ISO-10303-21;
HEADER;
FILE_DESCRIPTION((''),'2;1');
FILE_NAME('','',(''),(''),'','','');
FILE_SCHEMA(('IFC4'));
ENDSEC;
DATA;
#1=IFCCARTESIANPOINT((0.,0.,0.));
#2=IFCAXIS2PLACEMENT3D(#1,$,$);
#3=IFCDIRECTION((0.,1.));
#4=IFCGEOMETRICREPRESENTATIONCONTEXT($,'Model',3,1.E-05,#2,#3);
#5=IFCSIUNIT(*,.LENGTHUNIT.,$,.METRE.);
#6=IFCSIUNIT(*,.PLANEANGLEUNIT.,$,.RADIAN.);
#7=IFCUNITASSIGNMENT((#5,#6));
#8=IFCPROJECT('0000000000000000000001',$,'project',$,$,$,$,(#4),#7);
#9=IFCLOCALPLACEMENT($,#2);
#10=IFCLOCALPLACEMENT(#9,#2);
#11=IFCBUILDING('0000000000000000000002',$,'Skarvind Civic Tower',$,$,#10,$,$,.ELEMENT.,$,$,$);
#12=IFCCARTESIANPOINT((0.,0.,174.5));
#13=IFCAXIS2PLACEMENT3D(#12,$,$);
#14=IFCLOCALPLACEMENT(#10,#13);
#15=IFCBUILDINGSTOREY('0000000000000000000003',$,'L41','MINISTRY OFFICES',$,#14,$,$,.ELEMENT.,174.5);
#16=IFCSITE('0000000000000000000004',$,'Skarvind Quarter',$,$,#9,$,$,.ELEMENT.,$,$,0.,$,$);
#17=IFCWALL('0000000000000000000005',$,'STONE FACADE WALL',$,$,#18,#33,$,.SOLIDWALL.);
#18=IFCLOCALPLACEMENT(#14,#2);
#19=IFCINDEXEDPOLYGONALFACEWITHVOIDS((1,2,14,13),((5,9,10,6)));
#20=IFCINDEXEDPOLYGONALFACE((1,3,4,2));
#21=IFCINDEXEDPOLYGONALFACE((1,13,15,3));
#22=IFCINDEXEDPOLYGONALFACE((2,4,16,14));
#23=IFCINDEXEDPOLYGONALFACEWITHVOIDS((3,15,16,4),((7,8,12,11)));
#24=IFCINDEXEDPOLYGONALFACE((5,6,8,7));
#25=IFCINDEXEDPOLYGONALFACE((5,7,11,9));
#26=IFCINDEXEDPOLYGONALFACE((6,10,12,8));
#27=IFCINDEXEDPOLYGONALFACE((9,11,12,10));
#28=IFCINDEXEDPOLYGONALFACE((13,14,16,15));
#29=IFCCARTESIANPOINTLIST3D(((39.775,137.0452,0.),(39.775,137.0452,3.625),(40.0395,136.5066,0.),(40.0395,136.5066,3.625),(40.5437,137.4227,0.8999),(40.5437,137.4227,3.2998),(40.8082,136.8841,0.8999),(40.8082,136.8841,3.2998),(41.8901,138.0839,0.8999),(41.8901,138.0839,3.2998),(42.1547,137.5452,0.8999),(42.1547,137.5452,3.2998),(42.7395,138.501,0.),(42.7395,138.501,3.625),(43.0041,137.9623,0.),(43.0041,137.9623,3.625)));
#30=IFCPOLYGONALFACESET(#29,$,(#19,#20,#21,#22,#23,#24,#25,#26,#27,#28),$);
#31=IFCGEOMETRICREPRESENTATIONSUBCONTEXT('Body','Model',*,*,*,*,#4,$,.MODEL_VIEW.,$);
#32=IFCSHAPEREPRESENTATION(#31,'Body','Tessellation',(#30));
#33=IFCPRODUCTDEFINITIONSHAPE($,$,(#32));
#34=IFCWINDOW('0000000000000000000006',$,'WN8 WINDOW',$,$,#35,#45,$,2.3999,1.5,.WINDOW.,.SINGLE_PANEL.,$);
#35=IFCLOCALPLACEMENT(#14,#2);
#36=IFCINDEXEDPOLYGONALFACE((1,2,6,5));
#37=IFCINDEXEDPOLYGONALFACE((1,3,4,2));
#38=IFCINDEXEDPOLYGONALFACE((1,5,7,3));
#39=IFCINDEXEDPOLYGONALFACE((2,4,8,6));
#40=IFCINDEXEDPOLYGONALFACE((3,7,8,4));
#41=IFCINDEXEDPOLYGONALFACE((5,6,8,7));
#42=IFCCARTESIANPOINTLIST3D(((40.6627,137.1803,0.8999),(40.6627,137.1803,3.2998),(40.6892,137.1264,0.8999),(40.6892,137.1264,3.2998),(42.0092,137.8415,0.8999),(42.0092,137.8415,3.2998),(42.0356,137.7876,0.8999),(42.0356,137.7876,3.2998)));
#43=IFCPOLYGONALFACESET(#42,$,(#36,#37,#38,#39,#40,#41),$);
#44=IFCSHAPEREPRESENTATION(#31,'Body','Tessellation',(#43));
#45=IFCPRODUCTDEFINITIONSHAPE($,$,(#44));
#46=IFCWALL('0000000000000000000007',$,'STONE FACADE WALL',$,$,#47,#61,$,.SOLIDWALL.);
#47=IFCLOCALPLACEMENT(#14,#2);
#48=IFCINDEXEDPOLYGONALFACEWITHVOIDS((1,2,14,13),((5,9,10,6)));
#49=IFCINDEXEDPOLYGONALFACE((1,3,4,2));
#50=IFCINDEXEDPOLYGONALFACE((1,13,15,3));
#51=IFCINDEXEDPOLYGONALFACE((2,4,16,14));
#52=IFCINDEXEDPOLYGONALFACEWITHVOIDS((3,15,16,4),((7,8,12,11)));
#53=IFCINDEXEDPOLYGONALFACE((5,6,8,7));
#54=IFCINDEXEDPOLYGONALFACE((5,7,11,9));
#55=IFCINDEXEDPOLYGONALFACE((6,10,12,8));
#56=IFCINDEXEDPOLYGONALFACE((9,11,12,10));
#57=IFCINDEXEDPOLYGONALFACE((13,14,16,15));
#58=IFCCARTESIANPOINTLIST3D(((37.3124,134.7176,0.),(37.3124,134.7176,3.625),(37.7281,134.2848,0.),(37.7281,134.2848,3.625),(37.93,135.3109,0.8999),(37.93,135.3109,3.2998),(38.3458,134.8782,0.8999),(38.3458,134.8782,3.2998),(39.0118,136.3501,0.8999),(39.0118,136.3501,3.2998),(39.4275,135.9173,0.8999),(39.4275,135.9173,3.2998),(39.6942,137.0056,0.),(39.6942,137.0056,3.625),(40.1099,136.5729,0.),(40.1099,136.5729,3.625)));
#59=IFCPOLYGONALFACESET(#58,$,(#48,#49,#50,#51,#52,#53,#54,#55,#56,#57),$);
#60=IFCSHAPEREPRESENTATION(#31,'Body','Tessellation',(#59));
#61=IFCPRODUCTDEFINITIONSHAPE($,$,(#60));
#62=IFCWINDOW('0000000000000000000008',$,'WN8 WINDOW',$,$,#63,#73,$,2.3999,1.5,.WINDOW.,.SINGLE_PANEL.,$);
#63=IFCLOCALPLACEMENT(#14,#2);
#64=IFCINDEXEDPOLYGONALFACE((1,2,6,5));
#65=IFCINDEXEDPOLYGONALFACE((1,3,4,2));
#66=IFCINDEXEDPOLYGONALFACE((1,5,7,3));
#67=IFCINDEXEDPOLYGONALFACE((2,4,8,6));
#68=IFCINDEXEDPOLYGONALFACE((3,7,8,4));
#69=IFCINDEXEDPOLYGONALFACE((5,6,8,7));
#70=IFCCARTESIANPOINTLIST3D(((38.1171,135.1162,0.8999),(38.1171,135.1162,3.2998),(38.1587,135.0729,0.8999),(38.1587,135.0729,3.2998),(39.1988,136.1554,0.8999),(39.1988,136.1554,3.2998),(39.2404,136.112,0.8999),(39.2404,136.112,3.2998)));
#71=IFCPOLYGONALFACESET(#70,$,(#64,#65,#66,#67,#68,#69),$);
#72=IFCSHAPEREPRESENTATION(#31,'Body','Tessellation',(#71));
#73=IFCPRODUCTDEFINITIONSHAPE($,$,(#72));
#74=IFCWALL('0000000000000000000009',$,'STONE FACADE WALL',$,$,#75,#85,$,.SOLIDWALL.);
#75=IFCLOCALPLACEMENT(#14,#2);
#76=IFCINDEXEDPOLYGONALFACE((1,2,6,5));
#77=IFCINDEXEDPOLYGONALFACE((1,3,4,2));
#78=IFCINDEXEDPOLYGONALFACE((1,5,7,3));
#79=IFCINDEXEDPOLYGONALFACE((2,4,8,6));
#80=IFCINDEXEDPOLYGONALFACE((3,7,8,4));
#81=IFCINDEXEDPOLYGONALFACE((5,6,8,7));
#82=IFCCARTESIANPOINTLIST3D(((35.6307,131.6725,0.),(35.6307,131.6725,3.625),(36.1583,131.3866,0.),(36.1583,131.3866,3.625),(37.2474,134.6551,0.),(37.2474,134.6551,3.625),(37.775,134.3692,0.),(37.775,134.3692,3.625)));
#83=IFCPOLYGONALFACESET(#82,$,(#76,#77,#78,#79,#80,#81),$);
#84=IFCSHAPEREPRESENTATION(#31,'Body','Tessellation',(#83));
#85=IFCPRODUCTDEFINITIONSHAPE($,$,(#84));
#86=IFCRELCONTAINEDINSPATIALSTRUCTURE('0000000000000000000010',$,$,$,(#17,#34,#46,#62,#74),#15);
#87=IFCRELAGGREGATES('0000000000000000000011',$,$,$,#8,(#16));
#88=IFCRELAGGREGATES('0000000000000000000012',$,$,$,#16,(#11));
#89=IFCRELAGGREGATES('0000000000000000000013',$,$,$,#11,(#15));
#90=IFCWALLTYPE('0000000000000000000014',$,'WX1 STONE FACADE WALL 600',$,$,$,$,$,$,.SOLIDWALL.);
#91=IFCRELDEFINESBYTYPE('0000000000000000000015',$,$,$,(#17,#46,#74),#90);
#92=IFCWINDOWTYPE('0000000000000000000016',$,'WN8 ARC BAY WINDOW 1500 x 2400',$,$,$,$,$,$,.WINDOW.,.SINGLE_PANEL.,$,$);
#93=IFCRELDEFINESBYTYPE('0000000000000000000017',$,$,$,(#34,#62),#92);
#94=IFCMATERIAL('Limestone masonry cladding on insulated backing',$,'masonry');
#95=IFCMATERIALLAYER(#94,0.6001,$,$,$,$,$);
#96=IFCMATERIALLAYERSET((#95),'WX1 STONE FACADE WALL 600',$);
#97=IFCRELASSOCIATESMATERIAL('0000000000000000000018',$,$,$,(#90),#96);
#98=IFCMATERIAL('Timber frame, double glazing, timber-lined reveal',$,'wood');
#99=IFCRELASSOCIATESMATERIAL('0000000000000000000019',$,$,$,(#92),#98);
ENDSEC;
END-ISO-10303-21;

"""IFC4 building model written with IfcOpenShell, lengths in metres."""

from ifc_helpers import new_model, si_unit, direction, frame, frame_2d, origin, place, context, subcontext, project, spatial, rectangle, extrude, material, layer, layer_set, type_object, element, fill, save


model = new_model("IFC4")

# Units and contexts
model_context = context("Model", 3, precision=1e-05, world=origin(), true_north=direction((0.0, 1.0)))
body_context = subcontext(model_context, "Body", "Model", "MODEL_VIEW")
ifc_project = project(units=[si_unit("LENGTHUNIT", "METRE"), si_unit("PLANEANGLEUNIT", "RADIAN")], contexts=[model_context])

# Site, building, storey
site_placement = place(None, origin())
site = spatial("IfcSite", under=ifc_project, at=site_placement, Name="Skarvind Quarter", CompositionType="ELEMENT", RefElevation=0.0)
building_placement = place(site_placement, origin())
building = spatial("IfcBuilding", under=site, at=building_placement, Name="Skarvind Civic Tower", CompositionType="ELEMENT")
storey_placement = place(building_placement, frame((0.0, 0.0, 174.5)))
storey = spatial("IfcBuildingStorey", under=building, at=storey_placement, Name="L41", Description="MINISTRY OFFICES", CompositionType="ELEMENT", Elevation=174.5)

# Walls, openings, windows
ifc_material_1 = material(Name="Limestone masonry cladding on insulated backing", Category="masonry")
ifc_layer_1 = layer(ifc_material_1, 0.6001)
ifc_layer_set_1 = layer_set([ifc_layer_1], Name="WX1 STONE FACADE WALL 600")
wall_type_1 = type_object("IfcWallType", Name="WX1 STONE FACADE WALL 600", PredefinedType="SOLIDWALL", material=ifc_layer_set_1)
ifc_material_2 = material(Name="Timber frame, double glazing, timber-lined reveal", Category="wood")
window_type = type_object("IfcWindowType", Name="WN8 ARC BAY WINDOW 1500 x 2400", PartitioningType="SINGLE_PANEL", PredefinedType="WINDOW", material=ifc_material_2)
wall_1_placement = place(storey_placement, frame((39.9072, 136.7759, 0.0), z_axis=(0.0, 0.0, 1.0), x_axis=(0.897612, 0.440786, 0.0)))
wall_1 = element("IfcWall", 1, at=wall_1_placement, inside=storey, type_object=wall_type_1, Name="STONE FACADE WALL", PredefinedType="SOLIDWALL", context=body_context, shape_type="SweptSolid", body=[
    extrude(rectangle(XDim=3.3027, YDim=0.6001, at=frame_2d((1.6514, 0.0))), origin(), (0.0, 0.0, 1.0), 3.625),
])
opening_1_placement = place(wall_1_placement, frame((0.8564, 0.0, 0.8999)))
opening_1 = element("IfcOpeningElement", 2, at=opening_1_placement, cuts=wall_1, PredefinedType="OPENING", context=body_context, shape_type="SweptSolid", body=[
    extrude(rectangle(XDim=1.5, YDim=2.3999, at=frame_2d((0.75, 1.2))), frame((0.0, 0.3101, 0.0), z_axis=(0.0, -1.0, 0.0), x_axis=(1.0, 0.0, 0.0)), (0.0, 0.0, 1.0), 0.6201),
])
window_1_placement = place(opening_1_placement, origin())
window_1 = element("IfcWindow", 3, at=window_1_placement, inside=storey, type_object=window_type, Name="WN8 WINDOW", OverallHeight=2.3999, OverallWidth=1.5, PartitioningType="SINGLE_PANEL", PredefinedType="WINDOW", context=body_context, shape_type="SweptSolid", body=[
    extrude(rectangle(XDim=1.5, YDim=2.3999, at=frame_2d((0.75, 1.2))), frame((0.0, 0.03, 0.0), z_axis=(0.0, -1.0, 0.0), x_axis=(1.0, 0.0, 0.0)), (0.0, 0.0, 1.0), 0.0601),
])
fill(opening_1, window_1)
wall_2_placement = place(storey_placement, frame((37.5203, 134.5012, 0.0), z_axis=(0.0, 0.0, 1.0), x_axis=(0.721157, 0.692772, 0.0)))
wall_2 = element("IfcWall", 4, at=wall_2_placement, inside=storey, type_object=wall_type_1, Name="STONE FACADE WALL", PredefinedType="SOLIDWALL", context=body_context, shape_type="SweptSolid", body=[
    extrude(rectangle(XDim=3.3027, YDim=0.6001, at=frame_2d((1.6514, 0.0))), origin(), (0.0, 0.0, 1.0), 3.625),
])
opening_2_placement = place(wall_2_placement, frame((0.8564, 0.0, 0.8999)))
opening_2 = element("IfcOpeningElement", 5, at=opening_2_placement, cuts=wall_2, PredefinedType="OPENING", context=body_context, shape_type="SweptSolid", body=[
    extrude(rectangle(XDim=1.5, YDim=2.3999, at=frame_2d((0.75, 1.2))), frame((0.0, 0.3101, 0.0), z_axis=(0.0, -1.0, 0.0), x_axis=(1.0, 0.0, 0.0)), (0.0, 0.0, 1.0), 0.6201),
])
window_2_placement = place(opening_2_placement, origin())
window_2 = element("IfcWindow", 6, at=window_2_placement, inside=storey, type_object=window_type, Name="WN8 WINDOW", OverallHeight=2.3999, OverallWidth=1.5, PartitioningType="SINGLE_PANEL", PredefinedType="WINDOW", context=body_context, shape_type="SweptSolid", body=[
    extrude(rectangle(XDim=1.5, YDim=2.3999, at=frame_2d((0.75, 1.2))), frame((0.0, 0.03, 0.0), z_axis=(0.0, -1.0, 0.0), x_axis=(1.0, 0.0, 0.0)), (0.0, 0.0, 1.0), 0.0601),
])
fill(opening_2, window_2)

# Wall
wall_3_placement = place(storey_placement, frame((35.8945, 131.5295, 0.0), z_axis=(0.0, 0.0, 1.0), x_axis=(0.476531, 0.879158, 0.0)))
element("IfcWall", 7, at=wall_3_placement, inside=storey, type_object=wall_type_1, Name="STONE FACADE WALL", PredefinedType="SOLIDWALL", context=body_context, shape_type="SweptSolid", body=[
    extrude(rectangle(XDim=3.3926, YDim=0.6001, at=frame_2d((1.6963, 0.0))), origin(), (0.0, 0.0, 1.0), 3.625),
])

save(model, "model.ifc")
